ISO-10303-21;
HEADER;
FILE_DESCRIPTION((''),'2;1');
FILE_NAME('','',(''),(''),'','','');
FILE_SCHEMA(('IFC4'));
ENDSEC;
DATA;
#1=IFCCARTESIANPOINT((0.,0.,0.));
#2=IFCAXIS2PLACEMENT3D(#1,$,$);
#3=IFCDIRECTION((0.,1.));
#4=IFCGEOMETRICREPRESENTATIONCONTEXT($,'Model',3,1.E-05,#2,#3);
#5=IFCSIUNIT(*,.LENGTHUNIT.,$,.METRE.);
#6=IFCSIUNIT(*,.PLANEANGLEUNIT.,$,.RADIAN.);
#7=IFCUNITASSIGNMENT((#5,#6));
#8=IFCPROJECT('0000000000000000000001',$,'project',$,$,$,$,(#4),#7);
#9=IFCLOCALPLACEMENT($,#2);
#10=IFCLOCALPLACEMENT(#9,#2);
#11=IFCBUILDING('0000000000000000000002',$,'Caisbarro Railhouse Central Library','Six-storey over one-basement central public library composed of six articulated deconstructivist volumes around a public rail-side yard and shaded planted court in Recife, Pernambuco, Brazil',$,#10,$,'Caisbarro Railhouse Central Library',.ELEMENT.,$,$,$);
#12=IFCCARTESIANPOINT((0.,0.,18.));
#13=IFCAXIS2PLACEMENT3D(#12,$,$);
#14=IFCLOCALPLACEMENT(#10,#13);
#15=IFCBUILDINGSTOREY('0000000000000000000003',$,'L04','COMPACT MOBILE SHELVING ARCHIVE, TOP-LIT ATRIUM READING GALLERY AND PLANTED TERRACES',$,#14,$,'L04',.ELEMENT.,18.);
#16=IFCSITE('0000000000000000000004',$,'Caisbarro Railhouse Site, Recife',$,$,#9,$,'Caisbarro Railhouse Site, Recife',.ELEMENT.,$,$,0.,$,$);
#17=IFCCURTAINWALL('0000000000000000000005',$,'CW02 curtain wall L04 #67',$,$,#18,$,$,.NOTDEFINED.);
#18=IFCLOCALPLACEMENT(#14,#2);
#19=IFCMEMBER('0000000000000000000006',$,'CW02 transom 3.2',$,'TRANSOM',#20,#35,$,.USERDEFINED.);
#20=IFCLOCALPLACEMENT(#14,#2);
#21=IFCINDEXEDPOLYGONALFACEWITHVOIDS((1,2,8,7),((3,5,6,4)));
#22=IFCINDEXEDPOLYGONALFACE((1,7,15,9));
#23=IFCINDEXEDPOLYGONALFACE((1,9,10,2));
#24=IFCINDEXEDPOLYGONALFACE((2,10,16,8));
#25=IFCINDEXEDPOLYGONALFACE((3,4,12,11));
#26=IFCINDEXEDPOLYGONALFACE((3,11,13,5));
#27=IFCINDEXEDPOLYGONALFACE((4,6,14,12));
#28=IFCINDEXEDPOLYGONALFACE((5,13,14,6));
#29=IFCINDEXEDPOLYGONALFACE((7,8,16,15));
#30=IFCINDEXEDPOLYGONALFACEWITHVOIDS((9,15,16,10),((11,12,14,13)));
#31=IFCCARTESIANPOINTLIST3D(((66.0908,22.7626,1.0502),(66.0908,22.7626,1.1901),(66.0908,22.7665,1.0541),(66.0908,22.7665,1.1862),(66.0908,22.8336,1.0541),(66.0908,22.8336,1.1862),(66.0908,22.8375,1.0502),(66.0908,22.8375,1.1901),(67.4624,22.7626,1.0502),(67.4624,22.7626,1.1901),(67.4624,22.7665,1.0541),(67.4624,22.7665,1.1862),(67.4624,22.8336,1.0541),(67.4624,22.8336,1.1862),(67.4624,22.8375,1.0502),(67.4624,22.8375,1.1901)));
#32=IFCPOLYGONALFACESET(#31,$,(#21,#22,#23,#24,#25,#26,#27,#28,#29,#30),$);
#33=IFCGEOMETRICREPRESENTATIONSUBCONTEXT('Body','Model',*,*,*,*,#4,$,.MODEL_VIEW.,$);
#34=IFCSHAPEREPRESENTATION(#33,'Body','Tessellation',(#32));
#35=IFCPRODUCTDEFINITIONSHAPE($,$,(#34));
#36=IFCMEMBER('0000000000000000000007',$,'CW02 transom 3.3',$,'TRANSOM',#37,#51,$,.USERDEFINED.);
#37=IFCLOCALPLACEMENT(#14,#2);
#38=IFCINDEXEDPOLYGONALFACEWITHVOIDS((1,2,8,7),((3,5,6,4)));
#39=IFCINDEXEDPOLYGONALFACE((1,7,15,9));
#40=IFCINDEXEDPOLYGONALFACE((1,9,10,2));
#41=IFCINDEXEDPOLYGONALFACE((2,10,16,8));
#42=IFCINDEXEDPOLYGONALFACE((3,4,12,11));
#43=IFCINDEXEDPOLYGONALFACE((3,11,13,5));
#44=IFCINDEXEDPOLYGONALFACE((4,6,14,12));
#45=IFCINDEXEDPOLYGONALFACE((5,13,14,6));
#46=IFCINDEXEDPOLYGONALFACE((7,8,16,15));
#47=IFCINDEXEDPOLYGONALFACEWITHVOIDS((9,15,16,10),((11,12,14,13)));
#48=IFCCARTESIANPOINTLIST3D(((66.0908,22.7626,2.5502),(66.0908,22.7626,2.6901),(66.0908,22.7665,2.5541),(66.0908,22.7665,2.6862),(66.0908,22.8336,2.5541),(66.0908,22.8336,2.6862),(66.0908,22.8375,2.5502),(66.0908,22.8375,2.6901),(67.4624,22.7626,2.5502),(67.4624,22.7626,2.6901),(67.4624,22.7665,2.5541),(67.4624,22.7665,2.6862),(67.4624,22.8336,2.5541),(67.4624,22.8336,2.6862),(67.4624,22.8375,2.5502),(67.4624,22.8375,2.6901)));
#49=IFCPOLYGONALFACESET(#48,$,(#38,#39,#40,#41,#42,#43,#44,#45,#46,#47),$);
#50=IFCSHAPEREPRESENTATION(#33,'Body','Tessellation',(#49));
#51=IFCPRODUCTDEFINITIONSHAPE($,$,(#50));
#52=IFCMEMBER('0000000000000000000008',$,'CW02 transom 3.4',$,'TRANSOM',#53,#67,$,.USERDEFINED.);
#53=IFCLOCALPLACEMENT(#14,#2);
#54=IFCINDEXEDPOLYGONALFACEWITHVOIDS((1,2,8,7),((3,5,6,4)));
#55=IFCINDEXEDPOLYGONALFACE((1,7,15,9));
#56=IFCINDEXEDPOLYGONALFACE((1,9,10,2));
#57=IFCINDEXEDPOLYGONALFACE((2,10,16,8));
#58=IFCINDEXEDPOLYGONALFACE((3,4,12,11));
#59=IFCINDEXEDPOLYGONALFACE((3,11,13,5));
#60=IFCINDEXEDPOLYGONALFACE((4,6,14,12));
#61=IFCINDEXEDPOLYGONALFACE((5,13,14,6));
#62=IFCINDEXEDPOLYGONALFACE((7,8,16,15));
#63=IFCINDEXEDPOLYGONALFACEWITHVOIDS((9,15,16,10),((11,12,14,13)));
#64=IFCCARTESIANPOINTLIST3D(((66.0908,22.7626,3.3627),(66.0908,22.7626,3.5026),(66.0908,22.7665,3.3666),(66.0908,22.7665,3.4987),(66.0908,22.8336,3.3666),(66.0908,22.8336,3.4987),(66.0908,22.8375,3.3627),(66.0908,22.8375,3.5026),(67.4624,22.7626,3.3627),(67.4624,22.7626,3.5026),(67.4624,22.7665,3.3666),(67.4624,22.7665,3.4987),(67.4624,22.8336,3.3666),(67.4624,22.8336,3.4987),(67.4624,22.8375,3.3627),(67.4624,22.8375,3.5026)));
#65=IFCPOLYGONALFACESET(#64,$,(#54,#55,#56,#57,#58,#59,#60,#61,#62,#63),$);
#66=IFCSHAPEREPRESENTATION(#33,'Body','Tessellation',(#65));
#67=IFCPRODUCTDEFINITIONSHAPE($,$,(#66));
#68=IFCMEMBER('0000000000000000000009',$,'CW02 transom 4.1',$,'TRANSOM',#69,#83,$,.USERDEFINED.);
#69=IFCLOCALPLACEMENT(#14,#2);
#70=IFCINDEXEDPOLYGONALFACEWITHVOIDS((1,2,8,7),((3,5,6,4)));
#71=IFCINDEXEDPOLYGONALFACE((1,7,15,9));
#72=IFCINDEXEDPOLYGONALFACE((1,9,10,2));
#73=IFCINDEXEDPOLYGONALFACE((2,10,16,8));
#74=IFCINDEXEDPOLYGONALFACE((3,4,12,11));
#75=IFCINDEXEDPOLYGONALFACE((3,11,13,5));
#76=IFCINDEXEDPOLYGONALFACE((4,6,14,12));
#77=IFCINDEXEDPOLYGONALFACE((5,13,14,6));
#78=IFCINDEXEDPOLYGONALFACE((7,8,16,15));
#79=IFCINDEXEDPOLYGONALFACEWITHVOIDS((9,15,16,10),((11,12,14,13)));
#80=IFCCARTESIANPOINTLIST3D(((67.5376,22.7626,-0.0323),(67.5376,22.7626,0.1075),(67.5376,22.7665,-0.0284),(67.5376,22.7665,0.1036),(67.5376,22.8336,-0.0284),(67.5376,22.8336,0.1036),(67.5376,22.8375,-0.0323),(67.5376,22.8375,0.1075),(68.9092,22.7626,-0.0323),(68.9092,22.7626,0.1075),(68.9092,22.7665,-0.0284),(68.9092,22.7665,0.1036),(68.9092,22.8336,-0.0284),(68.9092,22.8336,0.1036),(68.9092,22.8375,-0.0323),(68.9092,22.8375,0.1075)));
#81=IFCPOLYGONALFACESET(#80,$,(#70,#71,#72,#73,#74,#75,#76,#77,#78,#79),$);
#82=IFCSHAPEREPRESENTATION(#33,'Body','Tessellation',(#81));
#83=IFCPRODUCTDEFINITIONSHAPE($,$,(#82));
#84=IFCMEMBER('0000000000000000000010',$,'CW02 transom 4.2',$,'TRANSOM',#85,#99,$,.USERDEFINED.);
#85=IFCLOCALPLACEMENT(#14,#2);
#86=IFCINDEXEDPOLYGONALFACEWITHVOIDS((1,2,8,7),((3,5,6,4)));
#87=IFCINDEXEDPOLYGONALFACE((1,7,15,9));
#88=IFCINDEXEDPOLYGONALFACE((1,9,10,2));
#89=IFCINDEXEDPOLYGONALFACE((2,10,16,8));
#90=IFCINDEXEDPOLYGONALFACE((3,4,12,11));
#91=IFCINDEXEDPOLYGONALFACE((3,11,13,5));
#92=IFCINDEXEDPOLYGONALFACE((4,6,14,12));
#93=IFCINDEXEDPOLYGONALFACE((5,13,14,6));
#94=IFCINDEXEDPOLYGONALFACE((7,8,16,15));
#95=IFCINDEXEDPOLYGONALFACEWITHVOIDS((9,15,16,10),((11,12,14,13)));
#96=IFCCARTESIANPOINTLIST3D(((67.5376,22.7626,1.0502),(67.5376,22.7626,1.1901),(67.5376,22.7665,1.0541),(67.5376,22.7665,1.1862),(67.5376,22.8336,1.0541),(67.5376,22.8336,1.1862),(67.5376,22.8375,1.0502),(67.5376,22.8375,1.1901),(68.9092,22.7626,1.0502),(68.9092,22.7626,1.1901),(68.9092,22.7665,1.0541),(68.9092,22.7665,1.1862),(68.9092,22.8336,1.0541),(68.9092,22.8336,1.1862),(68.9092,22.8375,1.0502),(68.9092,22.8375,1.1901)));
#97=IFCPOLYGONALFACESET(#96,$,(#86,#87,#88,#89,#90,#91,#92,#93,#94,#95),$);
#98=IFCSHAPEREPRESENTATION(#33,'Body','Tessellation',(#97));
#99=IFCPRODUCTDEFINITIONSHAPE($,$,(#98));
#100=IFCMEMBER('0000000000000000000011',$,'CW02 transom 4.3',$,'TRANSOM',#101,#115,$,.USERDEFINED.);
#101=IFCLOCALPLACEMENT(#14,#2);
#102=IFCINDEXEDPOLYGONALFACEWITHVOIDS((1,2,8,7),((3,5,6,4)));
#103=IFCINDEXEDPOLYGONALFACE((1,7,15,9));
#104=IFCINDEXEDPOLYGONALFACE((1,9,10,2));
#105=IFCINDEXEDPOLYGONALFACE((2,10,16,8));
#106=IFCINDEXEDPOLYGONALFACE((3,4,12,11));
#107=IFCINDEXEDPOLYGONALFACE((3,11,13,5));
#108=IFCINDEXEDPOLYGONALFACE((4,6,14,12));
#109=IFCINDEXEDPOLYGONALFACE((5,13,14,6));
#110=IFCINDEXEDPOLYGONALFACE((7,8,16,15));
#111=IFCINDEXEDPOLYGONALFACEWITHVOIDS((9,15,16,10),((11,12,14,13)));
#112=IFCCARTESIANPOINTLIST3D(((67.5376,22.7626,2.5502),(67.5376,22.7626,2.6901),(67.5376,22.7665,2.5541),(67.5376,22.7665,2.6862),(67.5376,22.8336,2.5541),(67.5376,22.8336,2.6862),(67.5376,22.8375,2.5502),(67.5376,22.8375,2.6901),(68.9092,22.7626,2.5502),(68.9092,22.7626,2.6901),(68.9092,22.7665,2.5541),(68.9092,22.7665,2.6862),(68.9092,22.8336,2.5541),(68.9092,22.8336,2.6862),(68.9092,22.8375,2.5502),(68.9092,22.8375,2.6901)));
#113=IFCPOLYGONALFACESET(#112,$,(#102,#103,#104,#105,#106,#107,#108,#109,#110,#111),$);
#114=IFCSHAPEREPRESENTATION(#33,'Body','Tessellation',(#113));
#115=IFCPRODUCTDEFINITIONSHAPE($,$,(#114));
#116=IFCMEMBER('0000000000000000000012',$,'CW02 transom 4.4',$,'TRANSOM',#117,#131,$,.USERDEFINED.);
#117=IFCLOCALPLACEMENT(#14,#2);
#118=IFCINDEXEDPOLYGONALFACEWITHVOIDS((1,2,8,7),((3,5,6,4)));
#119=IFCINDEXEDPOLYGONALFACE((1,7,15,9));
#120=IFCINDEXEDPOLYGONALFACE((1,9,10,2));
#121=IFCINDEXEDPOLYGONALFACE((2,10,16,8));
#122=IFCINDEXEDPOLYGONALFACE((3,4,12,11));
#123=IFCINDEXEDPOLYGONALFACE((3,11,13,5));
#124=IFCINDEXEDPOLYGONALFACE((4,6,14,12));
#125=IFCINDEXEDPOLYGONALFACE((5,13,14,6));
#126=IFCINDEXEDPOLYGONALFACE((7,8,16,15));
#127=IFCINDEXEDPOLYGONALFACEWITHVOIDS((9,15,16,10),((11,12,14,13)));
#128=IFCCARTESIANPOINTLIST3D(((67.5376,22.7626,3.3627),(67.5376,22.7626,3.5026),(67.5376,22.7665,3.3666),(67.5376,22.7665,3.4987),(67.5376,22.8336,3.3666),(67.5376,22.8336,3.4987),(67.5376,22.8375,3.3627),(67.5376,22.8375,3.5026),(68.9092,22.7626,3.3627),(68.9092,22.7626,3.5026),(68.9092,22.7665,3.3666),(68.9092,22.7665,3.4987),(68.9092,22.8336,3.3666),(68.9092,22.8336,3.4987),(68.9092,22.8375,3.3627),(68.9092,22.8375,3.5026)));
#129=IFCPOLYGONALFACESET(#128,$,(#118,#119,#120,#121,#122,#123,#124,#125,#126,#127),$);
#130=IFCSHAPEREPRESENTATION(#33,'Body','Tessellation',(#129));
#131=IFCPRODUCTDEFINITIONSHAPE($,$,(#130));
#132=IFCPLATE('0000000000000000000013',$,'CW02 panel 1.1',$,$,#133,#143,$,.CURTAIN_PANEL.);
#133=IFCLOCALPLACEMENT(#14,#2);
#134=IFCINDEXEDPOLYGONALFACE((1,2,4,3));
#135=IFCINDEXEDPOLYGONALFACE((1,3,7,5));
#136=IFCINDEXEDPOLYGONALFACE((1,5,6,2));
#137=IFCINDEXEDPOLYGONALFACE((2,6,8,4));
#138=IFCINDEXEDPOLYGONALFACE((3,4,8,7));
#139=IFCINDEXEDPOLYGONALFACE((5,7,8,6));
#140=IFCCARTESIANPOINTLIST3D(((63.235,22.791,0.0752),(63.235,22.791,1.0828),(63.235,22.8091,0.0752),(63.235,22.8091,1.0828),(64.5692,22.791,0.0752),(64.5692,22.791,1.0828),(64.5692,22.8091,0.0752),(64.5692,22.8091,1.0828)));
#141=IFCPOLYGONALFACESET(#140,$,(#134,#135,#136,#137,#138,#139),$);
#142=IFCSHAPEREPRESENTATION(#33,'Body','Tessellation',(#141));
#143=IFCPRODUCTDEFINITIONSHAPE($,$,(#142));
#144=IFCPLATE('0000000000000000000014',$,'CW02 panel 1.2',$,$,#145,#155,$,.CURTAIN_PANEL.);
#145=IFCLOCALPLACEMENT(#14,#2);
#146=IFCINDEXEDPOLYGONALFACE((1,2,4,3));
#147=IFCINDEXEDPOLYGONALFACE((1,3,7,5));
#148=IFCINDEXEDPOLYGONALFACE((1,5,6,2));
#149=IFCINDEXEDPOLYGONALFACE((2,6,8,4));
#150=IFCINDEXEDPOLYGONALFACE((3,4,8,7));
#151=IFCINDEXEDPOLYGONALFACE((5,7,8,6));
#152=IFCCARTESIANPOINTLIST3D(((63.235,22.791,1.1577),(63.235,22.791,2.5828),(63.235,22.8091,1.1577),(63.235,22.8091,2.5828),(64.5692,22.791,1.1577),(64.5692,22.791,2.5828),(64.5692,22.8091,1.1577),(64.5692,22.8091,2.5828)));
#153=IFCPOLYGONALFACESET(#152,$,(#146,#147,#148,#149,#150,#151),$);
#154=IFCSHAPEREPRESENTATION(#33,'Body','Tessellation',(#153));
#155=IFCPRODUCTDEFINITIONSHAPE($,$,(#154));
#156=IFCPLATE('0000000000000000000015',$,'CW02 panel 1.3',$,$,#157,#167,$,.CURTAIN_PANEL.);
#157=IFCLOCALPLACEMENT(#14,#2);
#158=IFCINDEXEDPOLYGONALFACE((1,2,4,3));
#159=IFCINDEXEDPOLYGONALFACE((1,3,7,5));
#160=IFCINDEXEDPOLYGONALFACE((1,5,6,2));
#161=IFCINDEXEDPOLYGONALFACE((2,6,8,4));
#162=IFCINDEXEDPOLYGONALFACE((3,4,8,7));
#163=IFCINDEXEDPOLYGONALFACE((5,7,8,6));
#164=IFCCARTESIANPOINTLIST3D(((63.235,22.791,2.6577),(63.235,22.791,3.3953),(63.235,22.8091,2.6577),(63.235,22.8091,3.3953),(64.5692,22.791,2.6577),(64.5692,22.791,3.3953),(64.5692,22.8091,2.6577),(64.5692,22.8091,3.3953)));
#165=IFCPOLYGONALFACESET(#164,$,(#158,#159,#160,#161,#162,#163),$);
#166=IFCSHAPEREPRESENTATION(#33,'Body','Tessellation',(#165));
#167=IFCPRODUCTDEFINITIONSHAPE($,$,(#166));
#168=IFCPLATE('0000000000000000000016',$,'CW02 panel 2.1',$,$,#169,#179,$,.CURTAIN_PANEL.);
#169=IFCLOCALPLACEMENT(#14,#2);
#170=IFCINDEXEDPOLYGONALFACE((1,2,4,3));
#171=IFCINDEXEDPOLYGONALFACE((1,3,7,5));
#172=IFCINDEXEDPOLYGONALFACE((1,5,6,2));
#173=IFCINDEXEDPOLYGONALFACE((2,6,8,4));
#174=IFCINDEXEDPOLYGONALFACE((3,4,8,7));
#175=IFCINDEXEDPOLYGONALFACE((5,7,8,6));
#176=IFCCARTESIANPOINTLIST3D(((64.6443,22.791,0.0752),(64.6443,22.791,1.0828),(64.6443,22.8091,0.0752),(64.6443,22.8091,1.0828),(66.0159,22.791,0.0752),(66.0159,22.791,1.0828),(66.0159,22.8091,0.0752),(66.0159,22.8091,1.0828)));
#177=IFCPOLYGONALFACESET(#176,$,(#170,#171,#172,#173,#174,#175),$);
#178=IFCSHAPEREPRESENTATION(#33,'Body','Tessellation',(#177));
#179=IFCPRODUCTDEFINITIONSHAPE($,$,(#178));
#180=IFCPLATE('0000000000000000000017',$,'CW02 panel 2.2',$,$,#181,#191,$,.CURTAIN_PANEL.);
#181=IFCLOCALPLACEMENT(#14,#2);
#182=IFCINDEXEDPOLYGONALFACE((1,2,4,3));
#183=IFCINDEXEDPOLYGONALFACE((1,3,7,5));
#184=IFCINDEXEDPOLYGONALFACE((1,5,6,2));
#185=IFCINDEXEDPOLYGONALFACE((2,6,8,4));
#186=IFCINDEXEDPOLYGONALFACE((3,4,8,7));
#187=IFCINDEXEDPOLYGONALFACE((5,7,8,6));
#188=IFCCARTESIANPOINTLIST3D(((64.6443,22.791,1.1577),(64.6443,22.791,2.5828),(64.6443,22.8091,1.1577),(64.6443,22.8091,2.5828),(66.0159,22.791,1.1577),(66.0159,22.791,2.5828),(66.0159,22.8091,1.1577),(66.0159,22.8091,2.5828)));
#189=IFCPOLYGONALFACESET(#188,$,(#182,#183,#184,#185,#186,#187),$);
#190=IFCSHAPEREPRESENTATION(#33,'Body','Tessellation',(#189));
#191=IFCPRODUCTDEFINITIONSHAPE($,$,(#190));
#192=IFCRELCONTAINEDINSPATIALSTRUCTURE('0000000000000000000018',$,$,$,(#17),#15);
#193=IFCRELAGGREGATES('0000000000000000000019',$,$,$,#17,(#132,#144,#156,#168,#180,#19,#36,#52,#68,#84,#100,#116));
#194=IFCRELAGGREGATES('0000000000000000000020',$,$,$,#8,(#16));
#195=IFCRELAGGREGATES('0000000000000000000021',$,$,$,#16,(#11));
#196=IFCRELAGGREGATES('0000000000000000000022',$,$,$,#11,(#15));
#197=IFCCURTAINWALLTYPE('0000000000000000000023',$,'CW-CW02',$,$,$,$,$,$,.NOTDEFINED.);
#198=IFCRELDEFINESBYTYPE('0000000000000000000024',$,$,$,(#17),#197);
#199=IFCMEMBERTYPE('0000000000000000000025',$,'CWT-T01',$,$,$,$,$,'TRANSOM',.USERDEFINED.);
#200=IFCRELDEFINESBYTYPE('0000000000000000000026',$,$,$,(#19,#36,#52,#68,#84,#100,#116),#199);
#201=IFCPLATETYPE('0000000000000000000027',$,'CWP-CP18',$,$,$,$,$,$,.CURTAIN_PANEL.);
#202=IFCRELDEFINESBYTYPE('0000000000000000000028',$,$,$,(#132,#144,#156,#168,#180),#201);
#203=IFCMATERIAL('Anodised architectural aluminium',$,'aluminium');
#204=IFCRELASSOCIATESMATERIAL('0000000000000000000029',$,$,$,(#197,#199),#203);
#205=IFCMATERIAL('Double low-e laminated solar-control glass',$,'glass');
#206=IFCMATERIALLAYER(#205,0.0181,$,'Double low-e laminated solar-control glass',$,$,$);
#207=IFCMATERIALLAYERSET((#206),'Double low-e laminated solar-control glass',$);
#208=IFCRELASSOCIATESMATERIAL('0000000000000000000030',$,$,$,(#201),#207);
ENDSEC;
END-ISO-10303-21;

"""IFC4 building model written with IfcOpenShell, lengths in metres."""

from ifc_helpers import new_model, si_unit, direction, frame, origin, origin_2d, place, context, subcontext, project, spatial, rectangle, hollow_rectangle, extrude, material, layer, layer_set, material_profile, profile_set, type_object, element, aggregate, save


model = new_model("IFC4")

# Units and contexts
model_context = context("Model", 3, precision=1e-05, world=origin(), true_north=direction((0.0, 1.0)))
body_context = subcontext(model_context, "Body", "Model", "MODEL_VIEW")
ifc_project = project(units=[si_unit("LENGTHUNIT", "METRE"), si_unit("PLANEANGLEUNIT", "RADIAN")], contexts=[model_context])

# Site, building, storey
site_placement = place(None, origin())
site = spatial("IfcSite", under=ifc_project, at=site_placement, Name="Caisbarro Railhouse Site, Recife", LongName="Caisbarro Railhouse Site, Recife", CompositionType="ELEMENT", RefElevation=0.0)
building_placement = place(site_placement, origin())
building = spatial("IfcBuilding", under=site, at=building_placement, Name="Caisbarro Railhouse Central Library", Description="Six-storey over one-basement central public library composed of six articulated deconstructivist volumes around a public rail-side yard and shaded planted court in Recife, Pernambuco, Brazil", LongName="Caisbarro Railhouse Central Library", CompositionType="ELEMENT")
storey_placement = place(building_placement, frame((0.0, 0.0, 18.0)))
storey = spatial("IfcBuildingStorey", under=building, at=storey_placement, Name="L04", Description="COMPACT MOBILE SHELVING ARCHIVE, TOP-LIT ATRIUM READING GALLERY AND PLANTED TERRACES", LongName="L04", CompositionType="ELEMENT", Elevation=18.0)

# Curtain wall, members, plates
ifc_material_1 = material(Name="Anodised architectural aluminium", Category="aluminium")
curtain_wall_type = type_object("IfcCurtainWallType", Name="CW-CW02", PredefinedType="NOTDEFINED", material=ifc_material_1)
curtain_wall_placement = place(storey_placement, origin())
curtain_wall = element("IfcCurtainWall", 1, at=curtain_wall_placement, inside=storey, type_object=curtain_wall_type, Name="CW02 curtain wall L04 #67", PredefinedType="NOTDEFINED")
ifc_material_profile_1 = material_profile(ifc_material_1, hollow_rectangle(XDim=0.075, YDim=0.1399, WallThickness=0.0039, at=origin_2d()), Name="ALU-TRN-75X140")
ifc_profile_set_1 = profile_set([ifc_material_profile_1], Name="Anodised architectural aluminium")
member_type_1 = type_object("IfcMemberType", Name="CWT-T01", ElementType="TRANSOM", PredefinedType="USERDEFINED", material=ifc_profile_set_1)
member_1_placement = place(storey_placement, frame((66.0908, 22.8, 1.1201), z_axis=(1.0, 0.0, 0.0), x_axis=(0.0, 1.0, 0.0)))
member_1 = element("IfcMember", 2, at=member_1_placement, type_object=member_type_1, Name="CW02 transom 3.2", ObjectType="TRANSOM", PredefinedType="USERDEFINED", context=body_context, shape_type="SweptSolid", body=[
    extrude(hollow_rectangle(XDim=0.075, YDim=0.1399, WallThickness=0.0039, at=origin_2d()), origin(), (0.0, 0.0, 1.0), 1.3716),
])
member_2_placement = place(storey_placement, frame((66.0908, 22.8, 2.6201), z_axis=(1.0, 0.0, 0.0), x_axis=(0.0, 1.0, 0.0)))
member_2 = element("IfcMember", 3, at=member_2_placement, type_object=member_type_1, Name="CW02 transom 3.3", ObjectType="TRANSOM", PredefinedType="USERDEFINED", context=body_context, shape_type="SweptSolid", body=[
    extrude(hollow_rectangle(XDim=0.075, YDim=0.1399, WallThickness=0.0039, at=origin_2d()), origin(), (0.0, 0.0, 1.0), 1.3716),
])
member_3_placement = place(storey_placement, frame((66.0908, 22.8, 3.4326), z_axis=(1.0, 0.0, 0.0), x_axis=(0.0, 1.0, 0.0)))
member_3 = element("IfcMember", 4, at=member_3_placement, type_object=member_type_1, Name="CW02 transom 3.4", ObjectType="TRANSOM", PredefinedType="USERDEFINED", context=body_context, shape_type="SweptSolid", body=[
    extrude(hollow_rectangle(XDim=0.075, YDim=0.1399, WallThickness=0.0039, at=origin_2d()), origin(), (0.0, 0.0, 1.0), 1.3716),
])
member_4_placement = place(storey_placement, frame((67.5376, 22.8, 0.0376), z_axis=(1.0, 0.0, 0.0), x_axis=(0.0, 1.0, 0.0)))
member_4 = element("IfcMember", 5, at=member_4_placement, type_object=member_type_1, Name="CW02 transom 4.1", ObjectType="TRANSOM", PredefinedType="USERDEFINED", context=body_context, shape_type="SweptSolid", body=[
    extrude(hollow_rectangle(XDim=0.075, YDim=0.1399, WallThickness=0.0039, at=origin_2d()), origin(), (0.0, 0.0, 1.0), 1.3716),
])
member_5_placement = place(storey_placement, frame((67.5376, 22.8, 1.1201), z_axis=(1.0, 0.0, 0.0), x_axis=(0.0, 1.0, 0.0)))
member_5 = element("IfcMember", 6, at=member_5_placement, type_object=member_type_1, Name="CW02 transom 4.2", ObjectType="TRANSOM", PredefinedType="USERDEFINED", context=body_context, shape_type="SweptSolid", body=[
    extrude(hollow_rectangle(XDim=0.075, YDim=0.1399, WallThickness=0.0039, at=origin_2d()), origin(), (0.0, 0.0, 1.0), 1.3716),
])
member_6_placement = place(storey_placement, frame((67.5376, 22.8, 2.6201), z_axis=(1.0, 0.0, 0.0), x_axis=(0.0, 1.0, 0.0)))
member_6 = element("IfcMember", 7, at=member_6_placement, type_object=member_type_1, Name="CW02 transom 4.3", ObjectType="TRANSOM", PredefinedType="USERDEFINED", context=body_context, shape_type="SweptSolid", body=[
    extrude(hollow_rectangle(XDim=0.075, YDim=0.1399, WallThickness=0.0039, at=origin_2d()), origin(), (0.0, 0.0, 1.0), 1.3716),
])
member_7_placement = place(storey_placement, frame((67.5376, 22.8, 3.4326), z_axis=(1.0, 0.0, 0.0), x_axis=(0.0, 1.0, 0.0)))
member_7 = element("IfcMember", 8, at=member_7_placement, type_object=member_type_1, Name="CW02 transom 4.4", ObjectType="TRANSOM", PredefinedType="USERDEFINED", context=body_context, shape_type="SweptSolid", body=[
    extrude(hollow_rectangle(XDim=0.075, YDim=0.1399, WallThickness=0.0039, at=origin_2d()), origin(), (0.0, 0.0, 1.0), 1.3716),
])
ifc_material_2 = material(Name="Double low-e laminated solar-control glass", Category="glass")
ifc_layer_1 = layer(ifc_material_2, 0.0181, Name="Double low-e laminated solar-control glass")
ifc_layer_set_1 = layer_set([ifc_layer_1], Name="Double low-e laminated solar-control glass")
plate_type = type_object("IfcPlateType", Name="CWP-CP18", PredefinedType="CURTAIN_PANEL", material=ifc_layer_set_1)
plate_1_placement = place(storey_placement, frame((63.9021, 22.8, 0.0752), z_axis=(0.0, 0.0, 1.0), x_axis=(1.0, 0.0, 0.0)))
plate_1 = element("IfcPlate", 9, at=plate_1_placement, type_object=plate_type, Name="CW02 panel 1.1", PredefinedType="CURTAIN_PANEL", context=body_context, shape_type="SweptSolid", body=[
    extrude(rectangle(XDim=1.3342, YDim=0.0181, at=origin_2d()), origin(), (0.0, 0.0, 1.0), 1.0076),
])
plate_2_placement = place(storey_placement, frame((63.9021, 22.8, 1.1577), z_axis=(0.0, 0.0, 1.0), x_axis=(1.0, 0.0, 0.0)))
plate_2 = element("IfcPlate", 10, at=plate_2_placement, type_object=plate_type, Name="CW02 panel 1.2", PredefinedType="CURTAIN_PANEL", context=body_context, shape_type="SweptSolid", body=[
    extrude(rectangle(XDim=1.3342, YDim=0.0181, at=origin_2d()), origin(), (0.0, 0.0, 1.0), 1.425),
])
plate_3_placement = place(storey_placement, frame((63.9021, 22.8, 2.6577), z_axis=(0.0, 0.0, 1.0), x_axis=(1.0, 0.0, 0.0)))
plate_3 = element("IfcPlate", 11, at=plate_3_placement, type_object=plate_type, Name="CW02 panel 1.3", PredefinedType="CURTAIN_PANEL", context=body_context, shape_type="SweptSolid", body=[
    extrude(rectangle(XDim=1.3342, YDim=0.0181, at=origin_2d()), origin(), (0.0, 0.0, 1.0), 0.7375),
])
plate_4_placement = place(storey_placement, frame((65.3301, 22.8, 0.0752), z_axis=(0.0, 0.0, 1.0), x_axis=(1.0, 0.0, 0.0)))
plate_4 = element("IfcPlate", 12, at=plate_4_placement, type_object=plate_type, Name="CW02 panel 2.1", PredefinedType="CURTAIN_PANEL", context=body_context, shape_type="SweptSolid", body=[
    extrude(rectangle(XDim=1.3716, YDim=0.0181, at=origin_2d()), origin(), (0.0, 0.0, 1.0), 1.0076),
])
plate_5_placement = place(storey_placement, frame((65.3301, 22.8, 1.1577), z_axis=(0.0, 0.0, 1.0), x_axis=(1.0, 0.0, 0.0)))
plate_5 = element("IfcPlate", 13, at=plate_5_placement, type_object=plate_type, Name="CW02 panel 2.2", PredefinedType="CURTAIN_PANEL", context=body_context, shape_type="SweptSolid", body=[
    extrude(rectangle(XDim=1.3716, YDim=0.0181, at=origin_2d()), origin(), (0.0, 0.0, 1.0), 1.425),
])
aggregate(curtain_wall, [plate_1, plate_2, plate_3, plate_4, plate_5, member_1, member_2, member_3, member_4, member_5, member_6, member_7])

save(model, "model.ifc")
